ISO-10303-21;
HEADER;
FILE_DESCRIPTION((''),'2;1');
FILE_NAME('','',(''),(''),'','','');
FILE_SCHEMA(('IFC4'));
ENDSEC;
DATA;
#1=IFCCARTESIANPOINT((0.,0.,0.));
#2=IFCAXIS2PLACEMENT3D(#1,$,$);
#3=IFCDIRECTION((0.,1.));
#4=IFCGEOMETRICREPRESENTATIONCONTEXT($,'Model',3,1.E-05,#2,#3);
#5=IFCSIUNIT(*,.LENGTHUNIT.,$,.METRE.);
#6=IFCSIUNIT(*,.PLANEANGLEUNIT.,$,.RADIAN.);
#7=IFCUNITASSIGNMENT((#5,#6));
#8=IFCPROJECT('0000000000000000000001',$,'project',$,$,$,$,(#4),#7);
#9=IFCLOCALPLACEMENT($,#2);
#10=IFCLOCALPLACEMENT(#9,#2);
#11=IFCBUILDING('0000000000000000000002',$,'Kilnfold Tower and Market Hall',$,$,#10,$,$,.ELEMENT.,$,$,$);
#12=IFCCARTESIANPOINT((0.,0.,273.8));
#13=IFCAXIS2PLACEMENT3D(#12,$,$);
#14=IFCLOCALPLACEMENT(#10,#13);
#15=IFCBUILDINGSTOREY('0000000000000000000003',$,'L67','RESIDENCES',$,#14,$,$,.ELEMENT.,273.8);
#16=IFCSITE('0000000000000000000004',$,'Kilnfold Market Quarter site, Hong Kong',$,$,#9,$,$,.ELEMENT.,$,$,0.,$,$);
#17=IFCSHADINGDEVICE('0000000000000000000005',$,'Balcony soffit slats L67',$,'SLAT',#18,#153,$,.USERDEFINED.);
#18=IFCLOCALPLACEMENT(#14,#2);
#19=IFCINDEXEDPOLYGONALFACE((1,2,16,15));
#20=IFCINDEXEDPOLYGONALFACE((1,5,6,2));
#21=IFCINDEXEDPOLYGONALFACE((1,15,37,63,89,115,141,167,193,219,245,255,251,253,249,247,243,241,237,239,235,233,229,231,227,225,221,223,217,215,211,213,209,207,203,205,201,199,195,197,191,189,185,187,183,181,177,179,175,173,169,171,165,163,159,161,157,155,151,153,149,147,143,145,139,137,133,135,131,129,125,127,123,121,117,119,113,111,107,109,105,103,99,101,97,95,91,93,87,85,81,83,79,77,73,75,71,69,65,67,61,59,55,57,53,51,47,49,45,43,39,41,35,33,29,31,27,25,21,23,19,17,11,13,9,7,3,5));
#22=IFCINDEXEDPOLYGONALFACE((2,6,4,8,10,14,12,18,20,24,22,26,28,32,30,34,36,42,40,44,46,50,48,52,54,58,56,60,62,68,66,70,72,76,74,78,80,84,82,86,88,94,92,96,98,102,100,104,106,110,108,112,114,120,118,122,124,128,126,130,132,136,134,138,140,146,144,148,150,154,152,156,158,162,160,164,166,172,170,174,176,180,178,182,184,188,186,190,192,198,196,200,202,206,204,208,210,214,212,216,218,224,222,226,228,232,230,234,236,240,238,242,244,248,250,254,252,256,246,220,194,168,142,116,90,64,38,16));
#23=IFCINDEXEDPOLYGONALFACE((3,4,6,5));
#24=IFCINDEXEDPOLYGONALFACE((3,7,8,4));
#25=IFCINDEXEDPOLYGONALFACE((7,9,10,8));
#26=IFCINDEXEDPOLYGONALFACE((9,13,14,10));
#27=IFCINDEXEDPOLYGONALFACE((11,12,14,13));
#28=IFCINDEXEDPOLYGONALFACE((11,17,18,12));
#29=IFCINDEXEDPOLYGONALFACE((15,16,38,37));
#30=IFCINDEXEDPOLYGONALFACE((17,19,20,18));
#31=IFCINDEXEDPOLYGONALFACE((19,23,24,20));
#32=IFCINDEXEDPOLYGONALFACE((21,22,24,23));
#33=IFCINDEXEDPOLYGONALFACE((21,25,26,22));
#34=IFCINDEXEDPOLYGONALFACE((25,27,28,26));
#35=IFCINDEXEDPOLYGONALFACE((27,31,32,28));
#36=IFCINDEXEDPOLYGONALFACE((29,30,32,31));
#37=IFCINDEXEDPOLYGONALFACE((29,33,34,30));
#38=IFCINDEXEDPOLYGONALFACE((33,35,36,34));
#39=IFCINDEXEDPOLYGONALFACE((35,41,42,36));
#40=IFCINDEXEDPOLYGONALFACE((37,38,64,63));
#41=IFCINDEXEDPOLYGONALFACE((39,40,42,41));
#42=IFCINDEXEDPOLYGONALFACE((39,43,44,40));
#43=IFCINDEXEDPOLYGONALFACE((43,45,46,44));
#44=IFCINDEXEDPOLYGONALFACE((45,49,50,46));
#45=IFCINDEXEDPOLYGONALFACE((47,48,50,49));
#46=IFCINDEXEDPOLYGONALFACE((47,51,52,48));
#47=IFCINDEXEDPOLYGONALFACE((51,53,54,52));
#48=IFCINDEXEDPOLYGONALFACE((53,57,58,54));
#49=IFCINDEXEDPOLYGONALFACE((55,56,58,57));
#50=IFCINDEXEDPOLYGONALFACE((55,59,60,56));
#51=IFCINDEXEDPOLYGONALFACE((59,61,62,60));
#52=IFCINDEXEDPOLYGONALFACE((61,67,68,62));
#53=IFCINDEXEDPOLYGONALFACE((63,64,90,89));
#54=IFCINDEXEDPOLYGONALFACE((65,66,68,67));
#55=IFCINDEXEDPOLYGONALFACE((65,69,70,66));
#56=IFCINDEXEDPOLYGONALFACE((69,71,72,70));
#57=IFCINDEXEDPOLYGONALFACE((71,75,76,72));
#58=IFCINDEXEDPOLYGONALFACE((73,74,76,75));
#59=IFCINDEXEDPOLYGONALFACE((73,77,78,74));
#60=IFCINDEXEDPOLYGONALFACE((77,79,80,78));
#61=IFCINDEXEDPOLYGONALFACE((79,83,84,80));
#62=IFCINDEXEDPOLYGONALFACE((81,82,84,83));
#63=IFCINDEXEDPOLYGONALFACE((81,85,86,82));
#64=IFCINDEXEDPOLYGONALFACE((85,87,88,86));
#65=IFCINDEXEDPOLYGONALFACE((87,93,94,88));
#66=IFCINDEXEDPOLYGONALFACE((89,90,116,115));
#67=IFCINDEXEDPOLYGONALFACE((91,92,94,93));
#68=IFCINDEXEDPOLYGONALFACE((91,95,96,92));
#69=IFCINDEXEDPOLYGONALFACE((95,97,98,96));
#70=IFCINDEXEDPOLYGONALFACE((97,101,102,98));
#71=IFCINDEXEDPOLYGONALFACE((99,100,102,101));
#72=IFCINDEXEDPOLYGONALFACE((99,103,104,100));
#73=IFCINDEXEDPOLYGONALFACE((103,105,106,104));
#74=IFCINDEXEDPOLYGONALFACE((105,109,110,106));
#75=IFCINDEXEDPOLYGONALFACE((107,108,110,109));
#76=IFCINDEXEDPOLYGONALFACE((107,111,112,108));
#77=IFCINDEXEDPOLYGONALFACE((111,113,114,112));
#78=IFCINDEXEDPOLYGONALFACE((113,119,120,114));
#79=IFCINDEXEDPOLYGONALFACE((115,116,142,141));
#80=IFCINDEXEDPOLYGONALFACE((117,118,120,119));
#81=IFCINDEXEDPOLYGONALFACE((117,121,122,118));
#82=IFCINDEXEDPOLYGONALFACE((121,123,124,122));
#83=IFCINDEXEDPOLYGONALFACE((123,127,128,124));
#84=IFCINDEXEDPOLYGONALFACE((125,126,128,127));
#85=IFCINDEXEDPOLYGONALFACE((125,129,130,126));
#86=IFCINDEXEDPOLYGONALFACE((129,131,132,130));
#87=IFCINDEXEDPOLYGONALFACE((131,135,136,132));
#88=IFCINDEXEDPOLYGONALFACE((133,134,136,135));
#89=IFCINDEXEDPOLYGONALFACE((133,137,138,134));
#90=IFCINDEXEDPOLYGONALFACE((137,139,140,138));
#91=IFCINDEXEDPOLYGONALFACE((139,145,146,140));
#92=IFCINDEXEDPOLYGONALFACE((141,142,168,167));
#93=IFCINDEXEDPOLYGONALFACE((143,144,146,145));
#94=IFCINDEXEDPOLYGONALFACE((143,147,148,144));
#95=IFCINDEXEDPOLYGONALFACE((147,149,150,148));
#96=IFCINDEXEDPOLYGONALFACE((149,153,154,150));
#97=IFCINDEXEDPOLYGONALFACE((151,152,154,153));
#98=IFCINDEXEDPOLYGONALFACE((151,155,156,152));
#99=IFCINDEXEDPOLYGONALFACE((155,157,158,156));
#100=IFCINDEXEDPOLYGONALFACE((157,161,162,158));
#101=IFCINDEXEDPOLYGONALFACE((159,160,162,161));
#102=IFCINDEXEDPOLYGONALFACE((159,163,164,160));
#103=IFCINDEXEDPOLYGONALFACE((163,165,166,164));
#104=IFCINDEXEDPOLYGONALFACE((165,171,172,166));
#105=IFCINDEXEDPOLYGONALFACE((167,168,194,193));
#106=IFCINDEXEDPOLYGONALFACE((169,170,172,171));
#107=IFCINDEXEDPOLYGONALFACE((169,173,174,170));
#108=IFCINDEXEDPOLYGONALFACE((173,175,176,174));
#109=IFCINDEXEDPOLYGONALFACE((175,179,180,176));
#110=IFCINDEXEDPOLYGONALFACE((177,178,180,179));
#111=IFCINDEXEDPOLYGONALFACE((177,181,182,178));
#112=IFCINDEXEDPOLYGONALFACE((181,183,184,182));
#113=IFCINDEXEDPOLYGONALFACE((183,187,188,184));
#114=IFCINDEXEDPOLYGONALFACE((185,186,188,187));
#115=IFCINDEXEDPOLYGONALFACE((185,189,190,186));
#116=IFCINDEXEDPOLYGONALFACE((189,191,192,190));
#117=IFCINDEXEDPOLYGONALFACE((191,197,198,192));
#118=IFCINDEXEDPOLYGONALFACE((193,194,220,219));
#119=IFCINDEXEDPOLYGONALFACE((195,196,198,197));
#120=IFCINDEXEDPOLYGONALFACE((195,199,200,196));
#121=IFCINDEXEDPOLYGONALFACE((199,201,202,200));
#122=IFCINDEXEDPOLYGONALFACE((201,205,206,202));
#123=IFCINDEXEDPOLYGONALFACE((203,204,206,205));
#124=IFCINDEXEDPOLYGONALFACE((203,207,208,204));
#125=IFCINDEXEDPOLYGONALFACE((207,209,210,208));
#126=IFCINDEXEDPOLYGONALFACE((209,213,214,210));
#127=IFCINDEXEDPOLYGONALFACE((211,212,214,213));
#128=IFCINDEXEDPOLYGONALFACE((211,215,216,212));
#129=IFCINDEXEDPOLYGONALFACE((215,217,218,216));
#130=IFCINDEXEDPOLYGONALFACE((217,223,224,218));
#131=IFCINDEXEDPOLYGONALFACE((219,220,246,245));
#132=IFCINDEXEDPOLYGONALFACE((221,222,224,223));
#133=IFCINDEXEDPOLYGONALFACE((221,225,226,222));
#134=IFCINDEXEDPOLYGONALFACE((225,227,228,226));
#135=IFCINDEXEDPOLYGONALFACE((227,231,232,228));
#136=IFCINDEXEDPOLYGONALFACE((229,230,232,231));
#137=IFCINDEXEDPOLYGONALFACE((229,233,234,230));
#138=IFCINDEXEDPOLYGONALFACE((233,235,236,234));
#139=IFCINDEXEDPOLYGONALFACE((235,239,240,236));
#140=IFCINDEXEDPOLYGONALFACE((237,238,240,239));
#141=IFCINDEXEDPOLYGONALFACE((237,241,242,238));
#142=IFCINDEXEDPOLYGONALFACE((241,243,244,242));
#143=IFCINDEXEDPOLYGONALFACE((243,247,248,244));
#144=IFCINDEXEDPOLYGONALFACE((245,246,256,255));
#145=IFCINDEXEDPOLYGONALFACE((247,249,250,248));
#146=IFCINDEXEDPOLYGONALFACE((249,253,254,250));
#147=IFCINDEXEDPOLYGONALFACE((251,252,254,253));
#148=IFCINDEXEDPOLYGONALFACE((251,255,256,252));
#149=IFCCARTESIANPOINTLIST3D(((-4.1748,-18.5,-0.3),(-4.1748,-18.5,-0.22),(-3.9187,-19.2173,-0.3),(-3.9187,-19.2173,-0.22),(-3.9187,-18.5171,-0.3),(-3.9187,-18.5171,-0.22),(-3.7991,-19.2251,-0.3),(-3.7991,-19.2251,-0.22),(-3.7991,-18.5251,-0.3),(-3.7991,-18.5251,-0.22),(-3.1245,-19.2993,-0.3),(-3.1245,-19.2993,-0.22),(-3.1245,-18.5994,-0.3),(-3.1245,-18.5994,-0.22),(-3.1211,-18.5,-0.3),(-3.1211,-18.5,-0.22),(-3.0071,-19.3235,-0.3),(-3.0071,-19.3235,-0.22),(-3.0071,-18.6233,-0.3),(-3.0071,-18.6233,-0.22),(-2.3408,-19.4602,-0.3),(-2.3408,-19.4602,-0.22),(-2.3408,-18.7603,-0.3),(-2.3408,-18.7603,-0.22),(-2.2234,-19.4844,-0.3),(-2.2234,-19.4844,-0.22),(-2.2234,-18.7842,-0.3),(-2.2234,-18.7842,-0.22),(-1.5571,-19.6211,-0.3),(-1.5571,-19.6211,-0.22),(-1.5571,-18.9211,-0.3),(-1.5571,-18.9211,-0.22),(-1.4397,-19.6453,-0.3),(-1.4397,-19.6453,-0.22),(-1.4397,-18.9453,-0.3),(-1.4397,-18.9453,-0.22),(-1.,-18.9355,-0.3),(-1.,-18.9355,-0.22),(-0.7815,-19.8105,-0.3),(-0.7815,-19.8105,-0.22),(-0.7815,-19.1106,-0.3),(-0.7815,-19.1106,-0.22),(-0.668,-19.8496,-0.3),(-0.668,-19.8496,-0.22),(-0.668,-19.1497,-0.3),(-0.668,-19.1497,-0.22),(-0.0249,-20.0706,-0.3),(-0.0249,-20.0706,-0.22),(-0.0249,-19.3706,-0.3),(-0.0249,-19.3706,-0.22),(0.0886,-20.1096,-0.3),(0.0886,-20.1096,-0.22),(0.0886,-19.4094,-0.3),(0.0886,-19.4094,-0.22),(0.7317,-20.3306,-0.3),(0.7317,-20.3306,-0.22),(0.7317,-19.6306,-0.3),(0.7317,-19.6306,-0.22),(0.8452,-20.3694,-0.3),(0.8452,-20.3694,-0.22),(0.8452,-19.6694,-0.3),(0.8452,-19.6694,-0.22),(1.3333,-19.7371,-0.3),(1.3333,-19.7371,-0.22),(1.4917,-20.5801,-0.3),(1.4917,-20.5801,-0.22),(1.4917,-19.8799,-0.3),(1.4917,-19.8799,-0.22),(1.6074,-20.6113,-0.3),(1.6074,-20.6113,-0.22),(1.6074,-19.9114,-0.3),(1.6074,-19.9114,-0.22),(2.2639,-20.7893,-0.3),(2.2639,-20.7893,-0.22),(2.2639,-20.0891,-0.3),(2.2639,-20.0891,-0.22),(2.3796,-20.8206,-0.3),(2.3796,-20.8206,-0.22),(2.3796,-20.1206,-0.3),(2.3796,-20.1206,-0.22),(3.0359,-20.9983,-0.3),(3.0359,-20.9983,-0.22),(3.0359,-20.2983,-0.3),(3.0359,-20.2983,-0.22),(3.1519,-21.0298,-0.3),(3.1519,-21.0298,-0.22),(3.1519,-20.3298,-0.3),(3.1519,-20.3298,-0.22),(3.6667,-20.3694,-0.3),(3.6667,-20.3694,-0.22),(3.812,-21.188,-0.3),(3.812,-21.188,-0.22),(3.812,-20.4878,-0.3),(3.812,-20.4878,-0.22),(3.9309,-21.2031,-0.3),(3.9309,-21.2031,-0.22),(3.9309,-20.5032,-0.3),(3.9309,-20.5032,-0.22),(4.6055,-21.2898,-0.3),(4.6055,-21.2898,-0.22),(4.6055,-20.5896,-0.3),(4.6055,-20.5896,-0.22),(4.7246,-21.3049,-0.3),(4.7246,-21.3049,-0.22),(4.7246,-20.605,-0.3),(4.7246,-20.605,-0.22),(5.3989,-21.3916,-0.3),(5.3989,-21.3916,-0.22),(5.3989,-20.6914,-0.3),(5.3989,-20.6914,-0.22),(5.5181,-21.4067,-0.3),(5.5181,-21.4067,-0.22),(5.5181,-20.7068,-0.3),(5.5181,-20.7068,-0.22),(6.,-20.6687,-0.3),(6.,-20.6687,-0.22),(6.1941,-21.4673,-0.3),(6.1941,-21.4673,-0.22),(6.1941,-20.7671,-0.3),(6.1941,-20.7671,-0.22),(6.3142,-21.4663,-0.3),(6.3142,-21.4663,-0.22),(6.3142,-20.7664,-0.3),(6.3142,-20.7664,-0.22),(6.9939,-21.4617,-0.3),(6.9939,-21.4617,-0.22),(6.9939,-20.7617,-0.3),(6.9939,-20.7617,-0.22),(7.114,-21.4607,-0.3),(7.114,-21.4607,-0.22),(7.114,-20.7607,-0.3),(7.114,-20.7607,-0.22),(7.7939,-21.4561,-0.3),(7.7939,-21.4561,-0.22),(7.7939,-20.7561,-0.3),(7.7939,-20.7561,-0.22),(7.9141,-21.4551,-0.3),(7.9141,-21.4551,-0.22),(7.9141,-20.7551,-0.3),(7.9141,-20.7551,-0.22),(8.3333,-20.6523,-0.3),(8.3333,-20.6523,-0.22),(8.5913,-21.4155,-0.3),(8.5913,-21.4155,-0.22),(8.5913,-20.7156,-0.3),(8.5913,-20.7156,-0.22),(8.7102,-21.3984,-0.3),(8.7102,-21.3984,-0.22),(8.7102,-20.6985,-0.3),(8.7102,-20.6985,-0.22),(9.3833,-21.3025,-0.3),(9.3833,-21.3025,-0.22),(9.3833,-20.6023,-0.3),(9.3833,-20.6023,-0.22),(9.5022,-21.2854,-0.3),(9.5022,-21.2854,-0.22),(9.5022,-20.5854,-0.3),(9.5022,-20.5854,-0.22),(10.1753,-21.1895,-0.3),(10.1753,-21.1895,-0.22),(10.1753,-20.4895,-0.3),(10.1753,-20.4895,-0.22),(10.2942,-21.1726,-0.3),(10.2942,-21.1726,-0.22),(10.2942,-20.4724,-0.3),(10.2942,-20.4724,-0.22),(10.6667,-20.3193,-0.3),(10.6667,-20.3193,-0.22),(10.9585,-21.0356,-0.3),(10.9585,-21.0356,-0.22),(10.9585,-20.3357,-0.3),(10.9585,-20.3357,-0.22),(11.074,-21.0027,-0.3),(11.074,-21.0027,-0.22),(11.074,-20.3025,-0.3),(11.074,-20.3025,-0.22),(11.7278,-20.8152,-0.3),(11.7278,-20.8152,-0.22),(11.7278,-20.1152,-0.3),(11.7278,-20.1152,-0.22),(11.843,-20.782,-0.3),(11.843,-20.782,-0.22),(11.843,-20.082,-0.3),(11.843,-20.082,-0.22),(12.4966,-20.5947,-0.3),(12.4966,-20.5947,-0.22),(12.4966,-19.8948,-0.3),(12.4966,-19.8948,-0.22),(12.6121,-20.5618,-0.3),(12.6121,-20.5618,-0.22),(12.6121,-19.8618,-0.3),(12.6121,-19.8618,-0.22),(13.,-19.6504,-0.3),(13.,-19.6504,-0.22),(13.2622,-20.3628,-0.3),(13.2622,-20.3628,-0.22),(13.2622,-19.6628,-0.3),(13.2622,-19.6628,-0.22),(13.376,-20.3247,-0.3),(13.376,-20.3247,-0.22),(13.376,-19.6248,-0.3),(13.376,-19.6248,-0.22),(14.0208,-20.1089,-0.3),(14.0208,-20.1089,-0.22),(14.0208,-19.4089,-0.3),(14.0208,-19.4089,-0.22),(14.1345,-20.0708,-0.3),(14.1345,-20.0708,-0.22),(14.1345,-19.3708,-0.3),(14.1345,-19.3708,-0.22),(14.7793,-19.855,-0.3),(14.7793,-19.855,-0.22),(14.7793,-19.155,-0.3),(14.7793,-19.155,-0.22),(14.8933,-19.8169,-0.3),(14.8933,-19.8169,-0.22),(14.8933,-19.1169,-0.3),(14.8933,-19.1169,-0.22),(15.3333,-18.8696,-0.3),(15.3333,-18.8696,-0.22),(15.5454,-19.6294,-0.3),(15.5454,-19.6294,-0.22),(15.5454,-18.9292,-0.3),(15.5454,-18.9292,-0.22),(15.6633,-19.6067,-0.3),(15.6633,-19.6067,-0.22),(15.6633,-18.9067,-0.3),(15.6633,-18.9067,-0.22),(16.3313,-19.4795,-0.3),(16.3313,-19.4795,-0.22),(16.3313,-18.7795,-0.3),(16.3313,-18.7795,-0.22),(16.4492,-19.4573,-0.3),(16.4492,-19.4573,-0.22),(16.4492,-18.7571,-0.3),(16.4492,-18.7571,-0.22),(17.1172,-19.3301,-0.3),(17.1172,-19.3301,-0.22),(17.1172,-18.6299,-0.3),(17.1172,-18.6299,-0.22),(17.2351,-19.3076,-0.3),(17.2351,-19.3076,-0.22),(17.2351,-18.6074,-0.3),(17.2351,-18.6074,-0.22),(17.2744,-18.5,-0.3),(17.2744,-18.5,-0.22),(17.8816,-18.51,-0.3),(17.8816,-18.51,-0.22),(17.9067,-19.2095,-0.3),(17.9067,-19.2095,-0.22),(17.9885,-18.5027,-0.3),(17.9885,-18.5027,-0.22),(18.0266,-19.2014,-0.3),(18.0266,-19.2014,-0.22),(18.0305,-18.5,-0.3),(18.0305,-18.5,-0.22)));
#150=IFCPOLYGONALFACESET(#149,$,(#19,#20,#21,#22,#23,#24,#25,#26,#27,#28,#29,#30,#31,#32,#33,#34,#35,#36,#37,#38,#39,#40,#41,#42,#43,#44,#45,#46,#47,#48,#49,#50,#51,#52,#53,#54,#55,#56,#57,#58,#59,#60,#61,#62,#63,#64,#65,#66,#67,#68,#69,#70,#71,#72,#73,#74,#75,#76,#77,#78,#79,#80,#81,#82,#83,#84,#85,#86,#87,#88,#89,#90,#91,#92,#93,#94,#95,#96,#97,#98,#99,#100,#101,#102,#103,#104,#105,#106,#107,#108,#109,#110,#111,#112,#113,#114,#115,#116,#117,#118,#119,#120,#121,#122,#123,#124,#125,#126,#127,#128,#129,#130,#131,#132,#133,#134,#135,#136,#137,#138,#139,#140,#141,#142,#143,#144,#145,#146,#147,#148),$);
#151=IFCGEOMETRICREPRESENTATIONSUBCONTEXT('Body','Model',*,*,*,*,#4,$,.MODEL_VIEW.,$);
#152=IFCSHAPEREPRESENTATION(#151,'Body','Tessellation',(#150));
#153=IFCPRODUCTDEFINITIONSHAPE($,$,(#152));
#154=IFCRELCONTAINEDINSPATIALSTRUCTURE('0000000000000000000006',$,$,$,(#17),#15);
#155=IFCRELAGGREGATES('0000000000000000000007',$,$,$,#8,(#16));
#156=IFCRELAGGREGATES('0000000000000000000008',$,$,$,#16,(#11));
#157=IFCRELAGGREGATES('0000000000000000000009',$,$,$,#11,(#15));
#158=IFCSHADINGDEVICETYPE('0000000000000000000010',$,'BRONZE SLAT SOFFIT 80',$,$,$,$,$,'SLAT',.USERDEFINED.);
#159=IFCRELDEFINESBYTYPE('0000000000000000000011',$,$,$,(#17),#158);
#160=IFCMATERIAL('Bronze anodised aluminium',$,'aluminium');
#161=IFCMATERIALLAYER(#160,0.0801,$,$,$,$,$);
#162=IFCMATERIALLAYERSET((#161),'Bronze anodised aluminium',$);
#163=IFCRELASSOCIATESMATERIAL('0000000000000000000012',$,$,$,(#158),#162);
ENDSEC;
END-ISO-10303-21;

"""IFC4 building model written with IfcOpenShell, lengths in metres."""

from ifc_helpers import new_model, si_unit, direction, frame, origin, place, context, subcontext, project, spatial, polyline, outline, extrude, source, transform, mapped, material, layer, layer_set, type_object, element, save


model = new_model("IFC4")

# Units and contexts
model_context = context("Model", 3, precision=1e-05, world=origin(), true_north=direction((0.0, 1.0)))
body_context = subcontext(model_context, "Body", "Model", "MODEL_VIEW")
ifc_project = project(units=[si_unit("LENGTHUNIT", "METRE"), si_unit("PLANEANGLEUNIT", "RADIAN")], contexts=[model_context])

# Site, building, storey
site_placement = place(None, origin())
site = spatial("IfcSite", under=ifc_project, at=site_placement, Name="Kilnfold Market Quarter site, Hong Kong", CompositionType="ELEMENT", RefElevation=0.0)
building_placement = place(site_placement, origin())
building = spatial("IfcBuilding", under=site, at=building_placement, Name="Kilnfold Tower and Market Hall", CompositionType="ELEMENT")
storey_placement = place(building_placement, frame((0.0, 0.0, 273.8)))
storey = spatial("IfcBuildingStorey", under=building, at=storey_placement, Name="L67", Description="RESIDENCES", CompositionType="ELEMENT", Elevation=273.8)

# Shading device
ifc_material_1 = material(Name="Bronze anodised aluminium", Category="aluminium")
ifc_layer_1 = layer(ifc_material_1, 0.0801)
ifc_layer_set_1 = layer_set([ifc_layer_1], Name="Bronze anodised aluminium")
shading_device_type_1 = type_object("IfcShadingDeviceType", Name="BRONZE SLAT SOFFIT 80", ElementType="SLAT", PredefinedType="USERDEFINED", material=ifc_layer_set_1)
shared_shape_1 = source(origin(), body_context, "Body", "SweptSolid", [
    extrude(outline(polyline([(-1.0, -18.9355), (1.3333, -19.7371), (3.6667, -20.3694), (6.0, -20.6687), (8.3333, -20.6523), (10.6667, -20.3193), (13.0, -19.6504), (15.3333, -18.8696), (17.2744, -18.5), (18.0305, -18.5), (17.9885, -18.5027), (18.0266, -19.2014), (17.9067, -19.2095), (17.8816, -18.51), (17.2351, -18.6074), (17.2351, -19.3076), (17.1172, -19.3301), (17.1172, -18.6299), (16.4492, -18.7571), (16.4492, -19.4573), (16.3313, -19.4795), (16.3313, -18.7795), (15.6633, -18.9067), (15.6633, -19.6067), (15.5454, -19.6294), (15.5454, -18.9292), (14.8933, -19.1169), (14.8933, -19.8169), (14.7793, -19.855), (14.7793, -19.155), (14.1345, -19.3708), (14.1345, -20.0708), (14.0208, -20.1089), (14.0208, -19.4089), (13.376, -19.6248), (13.376, -20.3247), (13.2622, -20.3628), (13.2622, -19.6628), (12.6121, -19.8618), (12.6121, -20.5618), (12.4966, -20.5947), (12.4966, -19.8948), (11.843, -20.082), (11.843, -20.782), (11.7278, -20.8152), (11.7278, -20.1152), (11.074, -20.3025), (11.074, -21.0027), (10.9585, -21.0356), (10.9585, -20.3357), (10.2942, -20.4724), (10.2942, -21.1726), (10.1753, -21.1895), (10.1753, -20.4895), (9.5022, -20.5854), (9.5022, -21.2854), (9.3833, -21.3025), (9.3833, -20.6023), (8.7102, -20.6985), (8.7102, -21.3984), (8.5913, -21.4155), (8.5913, -20.7156), (7.9141, -20.7551), (7.9141, -21.4551), (7.7939, -21.4561), (7.7939, -20.7561), (7.114, -20.7607), (7.114, -21.4607), (6.9939, -21.4617), (6.9939, -20.7617), (6.3142, -20.7664), (6.3142, -21.4663), (6.1941, -21.4673), (6.1941, -20.7671), (5.5181, -20.7068), (5.5181, -21.4067), (5.3989, -21.3916), (5.3989, -20.6914), (4.7246, -20.605), (4.7246, -21.3049), (4.6055, -21.2898), (4.6055, -20.5896), (3.9309, -20.5032), (3.9309, -21.2031), (3.812, -21.188), (3.812, -20.4878), (3.1519, -20.3298), (3.1519, -21.0298), (3.0359, -20.9983), (3.0359, -20.2983), (2.3796, -20.1206), (2.3796, -20.8206), (2.2639, -20.7893), (2.2639, -20.0891), (1.6074, -19.9114), (1.6074, -20.6113), (1.4917, -20.5801), (1.4917, -19.8799), (0.8452, -19.6694), (0.8452, -20.3694), (0.7317, -20.3306), (0.7317, -19.6306), (0.0886, -19.4094), (0.0886, -20.1096), (-0.0249, -20.0706), (-0.0249, -19.3706), (-0.668, -19.1497), (-0.668, -19.8496), (-0.7815, -19.8105), (-0.7815, -19.1106), (-1.4397, -18.9453), (-1.4397, -19.6453), (-1.5571, -19.6211), (-1.5571, -18.9211), (-2.2234, -18.7842), (-2.2234, -19.4844), (-2.3408, -19.4602), (-2.3408, -18.7603), (-3.0071, -18.6233), (-3.0071, -19.3235), (-3.1245, -19.2993), (-3.1245, -18.5994), (-3.7991, -18.5251), (-3.7991, -19.2251), (-3.9187, -19.2173), (-3.9187, -18.5171), (-4.1748, -18.5), (-3.1211, -18.5), (-1.0, -18.9355)])), origin(), (0.0, 0.0, 1.0), 0.0801),
])
shading_device_1_placement = place(storey_placement, frame((0.0, 0.0, -0.3)))
element("IfcShadingDevice", 1, at=shading_device_1_placement, inside=storey, type_object=shading_device_type_1, Name="Balcony soffit slats L67", ObjectType="SLAT", PredefinedType="USERDEFINED", context=body_context, shape_type="MappedRepresentation", body=[
    mapped(shared_shape_1, transform((0.0, 0.0, 0.0))),
])

save(model, "model.ifc")
